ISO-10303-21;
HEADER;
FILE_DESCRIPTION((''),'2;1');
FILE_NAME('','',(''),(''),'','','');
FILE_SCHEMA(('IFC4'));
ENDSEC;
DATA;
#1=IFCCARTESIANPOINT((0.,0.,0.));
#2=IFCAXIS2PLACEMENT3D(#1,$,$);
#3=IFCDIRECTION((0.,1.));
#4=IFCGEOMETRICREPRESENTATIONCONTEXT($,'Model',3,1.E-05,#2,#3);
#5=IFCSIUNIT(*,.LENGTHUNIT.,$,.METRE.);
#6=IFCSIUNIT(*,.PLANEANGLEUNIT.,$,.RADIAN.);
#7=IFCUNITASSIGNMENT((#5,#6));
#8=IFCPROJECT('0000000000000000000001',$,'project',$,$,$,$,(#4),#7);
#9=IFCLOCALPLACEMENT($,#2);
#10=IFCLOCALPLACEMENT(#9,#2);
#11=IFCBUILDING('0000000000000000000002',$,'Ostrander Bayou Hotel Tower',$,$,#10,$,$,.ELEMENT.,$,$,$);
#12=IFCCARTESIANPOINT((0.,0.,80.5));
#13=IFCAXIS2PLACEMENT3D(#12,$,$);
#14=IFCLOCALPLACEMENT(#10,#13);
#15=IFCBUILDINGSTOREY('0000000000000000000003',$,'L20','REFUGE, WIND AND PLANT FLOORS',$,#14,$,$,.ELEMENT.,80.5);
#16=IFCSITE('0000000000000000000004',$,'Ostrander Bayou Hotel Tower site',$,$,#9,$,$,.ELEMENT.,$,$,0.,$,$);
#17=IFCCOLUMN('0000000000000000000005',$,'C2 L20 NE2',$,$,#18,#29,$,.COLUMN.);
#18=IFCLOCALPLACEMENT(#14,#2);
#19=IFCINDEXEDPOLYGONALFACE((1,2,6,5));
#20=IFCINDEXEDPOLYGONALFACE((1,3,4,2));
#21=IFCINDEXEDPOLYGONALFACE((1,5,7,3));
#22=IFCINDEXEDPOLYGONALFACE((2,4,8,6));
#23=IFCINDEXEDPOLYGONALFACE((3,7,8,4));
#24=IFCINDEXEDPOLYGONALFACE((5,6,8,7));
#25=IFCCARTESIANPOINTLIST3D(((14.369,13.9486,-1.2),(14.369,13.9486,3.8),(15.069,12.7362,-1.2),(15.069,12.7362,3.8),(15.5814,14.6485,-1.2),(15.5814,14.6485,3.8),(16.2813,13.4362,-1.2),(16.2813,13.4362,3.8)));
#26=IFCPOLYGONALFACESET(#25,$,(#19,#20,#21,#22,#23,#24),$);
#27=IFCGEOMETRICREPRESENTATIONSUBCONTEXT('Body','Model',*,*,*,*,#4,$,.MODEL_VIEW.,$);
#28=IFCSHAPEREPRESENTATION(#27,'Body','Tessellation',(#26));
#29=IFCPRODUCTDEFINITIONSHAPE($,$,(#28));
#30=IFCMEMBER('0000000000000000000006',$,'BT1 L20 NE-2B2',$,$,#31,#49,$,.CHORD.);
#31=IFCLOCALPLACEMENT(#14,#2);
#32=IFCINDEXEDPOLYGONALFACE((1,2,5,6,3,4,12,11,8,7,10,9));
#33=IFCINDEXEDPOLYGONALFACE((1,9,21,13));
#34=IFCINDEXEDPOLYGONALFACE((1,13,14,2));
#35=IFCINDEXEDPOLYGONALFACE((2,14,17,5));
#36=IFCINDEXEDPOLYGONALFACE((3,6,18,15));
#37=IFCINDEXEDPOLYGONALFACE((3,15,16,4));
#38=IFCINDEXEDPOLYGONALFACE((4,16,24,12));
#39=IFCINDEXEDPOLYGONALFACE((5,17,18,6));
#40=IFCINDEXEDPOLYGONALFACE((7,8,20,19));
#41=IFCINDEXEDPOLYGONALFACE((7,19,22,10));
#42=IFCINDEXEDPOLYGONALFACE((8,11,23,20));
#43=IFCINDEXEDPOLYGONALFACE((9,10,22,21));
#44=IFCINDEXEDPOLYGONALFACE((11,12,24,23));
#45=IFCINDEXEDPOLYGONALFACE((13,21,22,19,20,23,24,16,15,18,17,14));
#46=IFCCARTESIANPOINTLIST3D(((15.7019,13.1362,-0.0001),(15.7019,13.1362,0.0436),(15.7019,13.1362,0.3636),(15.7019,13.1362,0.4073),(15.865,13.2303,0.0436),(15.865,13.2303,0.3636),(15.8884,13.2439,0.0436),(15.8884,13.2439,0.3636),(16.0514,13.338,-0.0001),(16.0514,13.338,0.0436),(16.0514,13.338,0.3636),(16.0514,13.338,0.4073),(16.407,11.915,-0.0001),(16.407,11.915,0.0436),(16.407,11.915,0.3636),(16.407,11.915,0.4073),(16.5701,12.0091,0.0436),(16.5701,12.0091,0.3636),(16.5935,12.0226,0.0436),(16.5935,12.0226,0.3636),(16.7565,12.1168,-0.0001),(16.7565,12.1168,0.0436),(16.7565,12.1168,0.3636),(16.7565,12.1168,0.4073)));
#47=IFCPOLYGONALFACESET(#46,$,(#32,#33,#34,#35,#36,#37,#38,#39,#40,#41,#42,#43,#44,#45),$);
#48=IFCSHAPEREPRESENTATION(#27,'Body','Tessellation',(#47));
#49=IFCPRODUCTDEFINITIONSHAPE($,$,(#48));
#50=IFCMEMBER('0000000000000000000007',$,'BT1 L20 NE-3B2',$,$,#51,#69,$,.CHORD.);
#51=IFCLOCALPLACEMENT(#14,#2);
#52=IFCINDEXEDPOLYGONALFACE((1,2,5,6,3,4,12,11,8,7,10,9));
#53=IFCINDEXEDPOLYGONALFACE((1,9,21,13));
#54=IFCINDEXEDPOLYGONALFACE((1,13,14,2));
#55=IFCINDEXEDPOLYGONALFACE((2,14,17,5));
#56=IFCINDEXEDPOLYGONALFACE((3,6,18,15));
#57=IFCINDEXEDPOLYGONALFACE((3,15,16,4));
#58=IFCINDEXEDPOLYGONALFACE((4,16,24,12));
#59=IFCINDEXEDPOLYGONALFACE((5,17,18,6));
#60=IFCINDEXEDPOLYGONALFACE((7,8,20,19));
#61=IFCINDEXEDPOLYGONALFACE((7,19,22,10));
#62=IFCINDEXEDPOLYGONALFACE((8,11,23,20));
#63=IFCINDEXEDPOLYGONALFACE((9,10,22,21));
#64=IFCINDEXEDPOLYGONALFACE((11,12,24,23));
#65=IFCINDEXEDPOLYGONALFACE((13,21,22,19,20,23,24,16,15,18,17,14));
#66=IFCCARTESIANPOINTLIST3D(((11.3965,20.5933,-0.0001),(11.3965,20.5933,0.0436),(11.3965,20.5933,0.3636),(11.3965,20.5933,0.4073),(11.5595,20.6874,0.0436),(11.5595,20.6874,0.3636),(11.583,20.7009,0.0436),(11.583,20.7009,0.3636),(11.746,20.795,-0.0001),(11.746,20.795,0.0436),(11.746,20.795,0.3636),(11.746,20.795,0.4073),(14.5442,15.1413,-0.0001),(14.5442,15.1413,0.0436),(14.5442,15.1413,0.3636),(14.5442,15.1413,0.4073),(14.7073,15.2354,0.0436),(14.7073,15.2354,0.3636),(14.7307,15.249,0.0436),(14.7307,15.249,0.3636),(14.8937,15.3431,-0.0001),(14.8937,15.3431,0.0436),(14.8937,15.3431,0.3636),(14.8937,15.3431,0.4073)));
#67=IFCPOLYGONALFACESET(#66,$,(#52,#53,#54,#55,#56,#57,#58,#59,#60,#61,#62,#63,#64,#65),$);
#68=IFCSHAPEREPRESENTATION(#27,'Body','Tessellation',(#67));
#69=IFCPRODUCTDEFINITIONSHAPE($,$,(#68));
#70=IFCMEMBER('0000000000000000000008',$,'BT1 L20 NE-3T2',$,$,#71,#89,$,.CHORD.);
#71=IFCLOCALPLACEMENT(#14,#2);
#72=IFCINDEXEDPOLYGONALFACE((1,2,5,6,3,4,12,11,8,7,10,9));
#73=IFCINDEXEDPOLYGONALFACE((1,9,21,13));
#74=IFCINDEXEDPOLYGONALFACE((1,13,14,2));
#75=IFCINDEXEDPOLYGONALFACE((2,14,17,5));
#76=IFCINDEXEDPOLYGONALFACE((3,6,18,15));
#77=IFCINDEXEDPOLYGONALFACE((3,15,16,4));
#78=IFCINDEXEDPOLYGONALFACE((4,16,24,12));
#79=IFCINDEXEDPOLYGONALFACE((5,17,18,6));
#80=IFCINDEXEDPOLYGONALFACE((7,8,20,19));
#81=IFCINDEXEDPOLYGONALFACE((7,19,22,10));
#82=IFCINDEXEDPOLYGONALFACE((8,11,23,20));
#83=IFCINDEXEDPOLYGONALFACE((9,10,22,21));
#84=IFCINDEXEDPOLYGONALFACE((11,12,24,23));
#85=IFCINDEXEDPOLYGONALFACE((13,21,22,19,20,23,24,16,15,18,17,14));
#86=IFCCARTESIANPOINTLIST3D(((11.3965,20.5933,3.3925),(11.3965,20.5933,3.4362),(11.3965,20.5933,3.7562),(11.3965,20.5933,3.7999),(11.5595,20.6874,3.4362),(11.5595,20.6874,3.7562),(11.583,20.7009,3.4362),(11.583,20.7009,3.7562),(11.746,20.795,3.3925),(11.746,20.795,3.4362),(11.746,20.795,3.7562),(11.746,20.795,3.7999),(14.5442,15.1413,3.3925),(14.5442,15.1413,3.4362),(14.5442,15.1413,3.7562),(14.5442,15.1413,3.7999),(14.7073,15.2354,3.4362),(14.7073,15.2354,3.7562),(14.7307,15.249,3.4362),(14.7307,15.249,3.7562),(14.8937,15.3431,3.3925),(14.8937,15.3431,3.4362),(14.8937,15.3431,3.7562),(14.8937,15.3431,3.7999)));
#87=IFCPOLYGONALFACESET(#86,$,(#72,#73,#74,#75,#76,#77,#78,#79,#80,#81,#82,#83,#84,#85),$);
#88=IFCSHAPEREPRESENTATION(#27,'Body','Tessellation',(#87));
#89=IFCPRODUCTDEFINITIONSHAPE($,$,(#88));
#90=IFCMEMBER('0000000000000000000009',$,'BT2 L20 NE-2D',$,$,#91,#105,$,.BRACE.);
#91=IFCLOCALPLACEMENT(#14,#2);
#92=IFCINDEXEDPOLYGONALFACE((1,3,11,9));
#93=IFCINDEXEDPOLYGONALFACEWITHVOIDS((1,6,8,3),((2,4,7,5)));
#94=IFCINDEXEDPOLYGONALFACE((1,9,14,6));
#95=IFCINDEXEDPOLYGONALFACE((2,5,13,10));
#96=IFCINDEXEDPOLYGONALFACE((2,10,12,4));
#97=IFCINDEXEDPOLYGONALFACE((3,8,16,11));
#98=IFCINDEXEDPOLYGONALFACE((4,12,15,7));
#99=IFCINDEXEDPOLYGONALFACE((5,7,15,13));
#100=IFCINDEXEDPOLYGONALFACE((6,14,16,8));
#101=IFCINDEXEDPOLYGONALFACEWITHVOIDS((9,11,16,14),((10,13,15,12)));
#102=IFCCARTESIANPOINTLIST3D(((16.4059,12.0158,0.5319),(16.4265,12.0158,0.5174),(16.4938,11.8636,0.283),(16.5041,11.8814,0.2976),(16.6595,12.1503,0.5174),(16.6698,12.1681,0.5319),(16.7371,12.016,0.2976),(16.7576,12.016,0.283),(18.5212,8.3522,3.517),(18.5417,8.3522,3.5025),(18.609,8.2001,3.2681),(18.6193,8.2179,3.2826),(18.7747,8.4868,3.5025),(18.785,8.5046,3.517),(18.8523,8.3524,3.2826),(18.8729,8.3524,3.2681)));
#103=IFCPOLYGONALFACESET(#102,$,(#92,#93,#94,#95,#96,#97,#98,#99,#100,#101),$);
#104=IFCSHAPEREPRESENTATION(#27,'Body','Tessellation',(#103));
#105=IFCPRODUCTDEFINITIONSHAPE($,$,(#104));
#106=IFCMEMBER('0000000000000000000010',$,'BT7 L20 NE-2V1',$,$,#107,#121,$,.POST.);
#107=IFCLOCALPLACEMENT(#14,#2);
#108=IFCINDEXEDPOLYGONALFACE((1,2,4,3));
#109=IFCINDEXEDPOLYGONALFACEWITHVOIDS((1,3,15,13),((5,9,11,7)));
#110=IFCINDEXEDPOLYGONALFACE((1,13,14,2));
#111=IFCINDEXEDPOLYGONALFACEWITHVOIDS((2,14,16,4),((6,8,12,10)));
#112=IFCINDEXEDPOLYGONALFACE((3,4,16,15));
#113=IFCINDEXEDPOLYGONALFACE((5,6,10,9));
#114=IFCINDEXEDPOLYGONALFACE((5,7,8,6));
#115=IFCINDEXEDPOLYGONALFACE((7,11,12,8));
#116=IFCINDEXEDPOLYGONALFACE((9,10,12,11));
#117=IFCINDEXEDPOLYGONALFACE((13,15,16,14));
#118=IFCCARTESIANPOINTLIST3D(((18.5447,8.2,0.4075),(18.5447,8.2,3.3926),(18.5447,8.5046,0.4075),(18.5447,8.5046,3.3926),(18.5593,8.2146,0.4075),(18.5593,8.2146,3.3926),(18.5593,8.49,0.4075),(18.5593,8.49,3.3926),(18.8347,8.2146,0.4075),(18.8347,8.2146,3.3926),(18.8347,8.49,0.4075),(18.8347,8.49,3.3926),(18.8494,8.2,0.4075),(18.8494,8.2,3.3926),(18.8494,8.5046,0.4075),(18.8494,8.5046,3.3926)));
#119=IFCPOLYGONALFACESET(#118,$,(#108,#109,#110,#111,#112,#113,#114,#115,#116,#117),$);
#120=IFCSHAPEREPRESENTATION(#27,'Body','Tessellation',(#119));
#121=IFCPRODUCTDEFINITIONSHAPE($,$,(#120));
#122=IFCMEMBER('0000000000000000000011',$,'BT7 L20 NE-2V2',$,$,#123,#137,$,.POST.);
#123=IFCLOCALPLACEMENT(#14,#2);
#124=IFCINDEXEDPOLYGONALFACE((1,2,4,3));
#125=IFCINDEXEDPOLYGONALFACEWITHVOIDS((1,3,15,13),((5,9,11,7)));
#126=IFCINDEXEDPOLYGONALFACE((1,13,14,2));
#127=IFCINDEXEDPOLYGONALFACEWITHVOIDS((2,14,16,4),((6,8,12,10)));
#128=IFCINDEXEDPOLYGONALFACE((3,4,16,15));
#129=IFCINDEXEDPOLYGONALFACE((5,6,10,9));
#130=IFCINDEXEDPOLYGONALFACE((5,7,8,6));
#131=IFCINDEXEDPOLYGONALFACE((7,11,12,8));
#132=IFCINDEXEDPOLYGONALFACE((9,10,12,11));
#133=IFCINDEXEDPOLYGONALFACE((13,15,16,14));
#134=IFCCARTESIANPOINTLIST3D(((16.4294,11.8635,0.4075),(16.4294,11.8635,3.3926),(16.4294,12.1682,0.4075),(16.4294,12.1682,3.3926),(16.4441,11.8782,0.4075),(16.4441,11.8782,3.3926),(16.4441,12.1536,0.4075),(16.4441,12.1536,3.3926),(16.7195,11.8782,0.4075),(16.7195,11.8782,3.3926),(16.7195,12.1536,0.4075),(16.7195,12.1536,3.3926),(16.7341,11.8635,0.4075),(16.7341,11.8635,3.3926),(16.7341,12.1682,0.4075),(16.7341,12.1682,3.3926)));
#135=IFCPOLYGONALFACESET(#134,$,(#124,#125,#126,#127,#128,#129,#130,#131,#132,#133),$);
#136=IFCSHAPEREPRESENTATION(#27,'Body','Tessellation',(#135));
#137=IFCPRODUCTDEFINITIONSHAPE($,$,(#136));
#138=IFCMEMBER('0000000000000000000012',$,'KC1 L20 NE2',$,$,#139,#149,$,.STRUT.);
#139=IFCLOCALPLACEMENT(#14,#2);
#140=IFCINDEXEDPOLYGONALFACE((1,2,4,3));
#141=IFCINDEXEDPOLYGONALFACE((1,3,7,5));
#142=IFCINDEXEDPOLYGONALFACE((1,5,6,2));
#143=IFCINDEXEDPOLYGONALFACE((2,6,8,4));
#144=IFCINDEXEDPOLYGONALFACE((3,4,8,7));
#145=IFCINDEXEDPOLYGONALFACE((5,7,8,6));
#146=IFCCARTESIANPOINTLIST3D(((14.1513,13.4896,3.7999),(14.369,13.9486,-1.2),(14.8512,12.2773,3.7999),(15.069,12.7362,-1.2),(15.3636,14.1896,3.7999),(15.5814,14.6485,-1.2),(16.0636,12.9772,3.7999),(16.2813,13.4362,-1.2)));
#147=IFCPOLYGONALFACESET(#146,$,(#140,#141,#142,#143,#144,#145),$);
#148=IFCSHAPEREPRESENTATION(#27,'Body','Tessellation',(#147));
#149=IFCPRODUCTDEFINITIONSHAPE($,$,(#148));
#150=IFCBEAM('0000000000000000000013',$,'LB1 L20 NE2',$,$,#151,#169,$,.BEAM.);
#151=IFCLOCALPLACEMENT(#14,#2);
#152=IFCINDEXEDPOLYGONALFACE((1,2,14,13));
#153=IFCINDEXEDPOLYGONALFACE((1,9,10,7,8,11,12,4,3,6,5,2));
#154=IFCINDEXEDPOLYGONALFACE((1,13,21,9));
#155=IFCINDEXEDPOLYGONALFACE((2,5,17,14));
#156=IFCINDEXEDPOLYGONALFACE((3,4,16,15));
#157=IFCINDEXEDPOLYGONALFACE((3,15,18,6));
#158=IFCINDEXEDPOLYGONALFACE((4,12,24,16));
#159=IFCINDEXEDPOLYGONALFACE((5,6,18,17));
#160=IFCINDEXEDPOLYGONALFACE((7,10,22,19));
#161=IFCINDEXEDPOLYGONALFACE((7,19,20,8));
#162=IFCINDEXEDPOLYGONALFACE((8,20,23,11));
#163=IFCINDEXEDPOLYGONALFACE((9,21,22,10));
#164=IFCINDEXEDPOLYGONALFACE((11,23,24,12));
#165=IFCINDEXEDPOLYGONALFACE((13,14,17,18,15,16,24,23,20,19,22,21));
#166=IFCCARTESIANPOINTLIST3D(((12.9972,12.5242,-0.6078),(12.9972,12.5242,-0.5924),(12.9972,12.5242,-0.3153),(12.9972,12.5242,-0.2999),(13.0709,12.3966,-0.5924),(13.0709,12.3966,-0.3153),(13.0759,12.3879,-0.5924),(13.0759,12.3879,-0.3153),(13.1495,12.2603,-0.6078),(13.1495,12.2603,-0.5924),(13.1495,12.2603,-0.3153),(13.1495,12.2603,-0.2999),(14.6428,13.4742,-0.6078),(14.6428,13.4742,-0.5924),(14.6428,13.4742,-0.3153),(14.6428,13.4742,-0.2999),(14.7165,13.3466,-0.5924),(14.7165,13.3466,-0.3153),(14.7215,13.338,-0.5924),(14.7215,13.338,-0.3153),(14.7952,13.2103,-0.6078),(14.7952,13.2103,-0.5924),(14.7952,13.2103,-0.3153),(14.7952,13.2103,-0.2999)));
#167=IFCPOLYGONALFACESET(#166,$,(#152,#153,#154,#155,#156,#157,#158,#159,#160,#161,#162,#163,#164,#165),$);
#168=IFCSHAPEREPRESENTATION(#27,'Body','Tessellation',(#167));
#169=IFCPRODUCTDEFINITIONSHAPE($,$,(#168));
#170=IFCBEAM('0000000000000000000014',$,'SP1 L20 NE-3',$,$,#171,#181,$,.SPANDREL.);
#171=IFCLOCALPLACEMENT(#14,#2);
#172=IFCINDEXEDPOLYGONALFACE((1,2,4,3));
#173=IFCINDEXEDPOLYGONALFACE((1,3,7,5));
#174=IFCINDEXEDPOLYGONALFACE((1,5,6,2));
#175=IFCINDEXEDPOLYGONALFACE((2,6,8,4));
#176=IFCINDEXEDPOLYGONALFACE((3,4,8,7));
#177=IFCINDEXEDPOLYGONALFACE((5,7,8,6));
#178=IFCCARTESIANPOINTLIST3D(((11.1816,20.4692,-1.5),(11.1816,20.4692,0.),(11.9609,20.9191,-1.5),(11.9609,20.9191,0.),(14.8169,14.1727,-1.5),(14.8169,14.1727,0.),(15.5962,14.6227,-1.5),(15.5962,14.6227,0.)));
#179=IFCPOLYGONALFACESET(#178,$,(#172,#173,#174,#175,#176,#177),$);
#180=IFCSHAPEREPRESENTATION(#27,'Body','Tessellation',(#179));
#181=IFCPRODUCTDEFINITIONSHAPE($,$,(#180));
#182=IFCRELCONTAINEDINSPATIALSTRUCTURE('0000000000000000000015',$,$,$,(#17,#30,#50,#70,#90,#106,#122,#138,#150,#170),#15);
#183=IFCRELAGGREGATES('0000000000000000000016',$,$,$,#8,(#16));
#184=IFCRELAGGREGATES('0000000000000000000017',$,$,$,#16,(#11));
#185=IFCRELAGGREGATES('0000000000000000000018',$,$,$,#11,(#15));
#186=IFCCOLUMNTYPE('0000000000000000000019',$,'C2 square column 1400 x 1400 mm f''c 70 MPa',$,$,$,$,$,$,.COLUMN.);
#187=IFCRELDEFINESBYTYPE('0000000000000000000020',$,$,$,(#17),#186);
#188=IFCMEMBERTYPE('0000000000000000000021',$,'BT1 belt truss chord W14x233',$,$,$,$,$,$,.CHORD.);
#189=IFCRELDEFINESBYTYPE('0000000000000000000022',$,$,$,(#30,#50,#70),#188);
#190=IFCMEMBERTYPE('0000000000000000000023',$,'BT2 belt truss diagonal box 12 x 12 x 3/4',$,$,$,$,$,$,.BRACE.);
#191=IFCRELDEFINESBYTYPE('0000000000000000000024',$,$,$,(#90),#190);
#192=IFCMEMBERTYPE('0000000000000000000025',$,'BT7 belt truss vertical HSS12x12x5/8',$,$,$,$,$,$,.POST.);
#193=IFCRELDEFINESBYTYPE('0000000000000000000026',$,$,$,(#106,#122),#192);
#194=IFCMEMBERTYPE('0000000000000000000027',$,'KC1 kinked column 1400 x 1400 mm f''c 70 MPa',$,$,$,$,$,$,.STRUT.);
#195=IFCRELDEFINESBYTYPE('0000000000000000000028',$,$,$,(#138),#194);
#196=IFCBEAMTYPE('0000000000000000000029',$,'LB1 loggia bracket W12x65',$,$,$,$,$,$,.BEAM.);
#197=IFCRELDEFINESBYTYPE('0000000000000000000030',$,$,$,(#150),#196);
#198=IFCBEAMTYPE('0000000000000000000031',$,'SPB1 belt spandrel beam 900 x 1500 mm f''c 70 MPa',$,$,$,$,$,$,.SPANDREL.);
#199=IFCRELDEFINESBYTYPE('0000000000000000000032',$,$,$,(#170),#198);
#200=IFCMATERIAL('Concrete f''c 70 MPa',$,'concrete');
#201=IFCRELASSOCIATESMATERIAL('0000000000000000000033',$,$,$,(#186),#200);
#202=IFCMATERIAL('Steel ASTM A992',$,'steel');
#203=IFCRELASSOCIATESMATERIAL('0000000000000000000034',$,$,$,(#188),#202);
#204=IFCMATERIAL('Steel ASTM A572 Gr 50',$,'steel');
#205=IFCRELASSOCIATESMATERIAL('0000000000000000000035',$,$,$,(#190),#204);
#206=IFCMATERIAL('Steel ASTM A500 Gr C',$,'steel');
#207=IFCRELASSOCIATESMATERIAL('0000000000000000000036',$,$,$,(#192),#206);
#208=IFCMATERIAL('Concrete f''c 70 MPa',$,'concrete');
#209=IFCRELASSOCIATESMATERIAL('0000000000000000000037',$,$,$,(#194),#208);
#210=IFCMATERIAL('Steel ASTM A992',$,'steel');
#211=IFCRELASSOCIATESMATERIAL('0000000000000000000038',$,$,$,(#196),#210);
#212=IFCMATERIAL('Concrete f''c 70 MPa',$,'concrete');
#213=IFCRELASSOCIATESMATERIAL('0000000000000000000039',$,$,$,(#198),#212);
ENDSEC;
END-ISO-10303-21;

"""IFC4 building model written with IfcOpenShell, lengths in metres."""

from ifc_helpers import new_model, si_unit, direction, frame, origin, origin_2d, place, context, subcontext, project, spatial, rectangle, hollow_rectangle, i_section, extrude, material, material_profile, profile_set, type_object, element, save


model = new_model("IFC4")

# Units and contexts
model_context = context("Model", 3, precision=1e-05, world=origin(), true_north=direction((0.0, 1.0)))
body_context = subcontext(model_context, "Body", "Model", "MODEL_VIEW")
ifc_project = project(units=[si_unit("LENGTHUNIT", "METRE"), si_unit("PLANEANGLEUNIT", "RADIAN")], contexts=[model_context])

# Site, building, storey
site_placement = place(None, origin())
site = spatial("IfcSite", under=ifc_project, at=site_placement, Name="Ostrander Bayou Hotel Tower site", CompositionType="ELEMENT", RefElevation=0.0)
building_placement = place(site_placement, origin())
building = spatial("IfcBuilding", under=site, at=building_placement, Name="Ostrander Bayou Hotel Tower", CompositionType="ELEMENT")
storey_placement = place(building_placement, frame((0.0, 0.0, 80.5)))
storey = spatial("IfcBuildingStorey", under=building, at=storey_placement, Name="L20", Description="REFUGE, WIND AND PLANT FLOORS", CompositionType="ELEMENT", Elevation=80.5)

# Column
ifc_material_1 = material(Name="Concrete f'c 70 MPa", Category="concrete")
ifc_material_profile_1 = material_profile(ifc_material_1, rectangle(XDim=1.3999, YDim=1.3999, at=origin_2d()))
ifc_profile_set_1 = profile_set([ifc_material_profile_1], Name="Concrete f'c 70 MPa")
column_type = type_object("IfcColumnType", Name="C2 square column 1400 x 1400 mm f'c 70 MPa", PredefinedType="COLUMN", material=ifc_profile_set_1)
column_placement = place(storey_placement, frame((15.3252, 13.6924, -1.2), z_axis=(0.0, 0.0, 1.0), x_axis=(0.5, -0.866025, 0.0)))
element("IfcColumn", 1, at=column_placement, inside=storey, type_object=column_type, Name="C2 L20 NE2", PredefinedType="COLUMN", context=body_context, shape_type="SweptSolid", body=[
    extrude(rectangle(XDim=1.3999, YDim=1.3999, at=origin_2d()), origin(), (0.0, 0.0, 1.0), 5.0),
])

# Members
ifc_material_2 = material(Name="Steel ASTM A992", Category="steel")
ifc_material_profile_2 = material_profile(ifc_material_2, i_section(OverallWidth=0.4036, OverallDepth=0.4075, WebThickness=0.0271, FlangeThickness=0.0437, at=origin_2d()))
ifc_profile_set_2 = profile_set([ifc_material_profile_2], Name="Steel ASTM A992")
member_type_1 = type_object("IfcMemberType", Name="BT1 belt truss chord W14x233", PredefinedType="CHORD", material=ifc_profile_set_2)
member_1_placement = place(storey_placement, frame((16.5818, 12.0159, 0.2036), z_axis=(-0.500012, 0.866018, 0.0), x_axis=(-0.866018, -0.500012, 0.0)))
element("IfcMember", 2, at=member_1_placement, inside=storey, type_object=member_type_1, Name="BT1 L20 NE-2B2", PredefinedType="CHORD", context=body_context, shape_type="SweptSolid", body=[
    extrude(i_section(OverallWidth=0.4036, OverallDepth=0.4075, WebThickness=0.0271, FlangeThickness=0.0437, at=origin_2d()), origin(), (0.0, 0.0, 1.0), 1.4102),
])
for number, where, z_axis, x_axis, name in (
    (3, (14.719, 15.2422, 0.2036), (-0.500006, 0.866022, 0.0), (-0.866022, -0.500006, 0.0), "BT1 L20 NE-3B2"),
    (4, (14.719, 15.2422, 3.5962), (-0.500006, 0.866022, 0.0), (-0.866022, -0.500006, 0.0), "BT1 L20 NE-3T2"),
):
    element("IfcMember", number, at=place(storey_placement, frame(where, z_axis=z_axis, x_axis=x_axis)), inside=storey, type_object=member_type_1, Name=name, PredefinedType="CHORD", context=body_context, shape_type="SweptSolid", body=[
        extrude(i_section(OverallWidth=0.4036, OverallDepth=0.4075, WebThickness=0.0271, FlangeThickness=0.0437, at=origin_2d()), origin(), (0.0, 0.0, 1.0), 6.2954),
    ])
ifc_material_3 = material(Name="Steel ASTM A572 Gr 50", Category="steel")
ifc_material_profile_3 = material_profile(ifc_material_3, hollow_rectangle(XDim=0.3047, YDim=0.3047, WallThickness=0.0178, at=origin_2d()))
ifc_profile_set_3 = profile_set([ifc_material_profile_3], Name="Steel ASTM A572 Gr 50")
member_type_2 = type_object("IfcMemberType", Name="BT2 belt truss diagonal box 12 x 12 x 3/4", PredefinedType="BRACE", material=ifc_profile_set_3)
member_2_placement = place(storey_placement, frame((16.5818, 12.0159, 0.4075), z_axis=(0.408541, -0.707591, 0.57655), x_axis=(0.866018, 0.500012, 0.0)))
element("IfcMember", 5, at=member_2_placement, inside=storey, type_object=member_type_2, Name="BT2 L20 NE-2D", PredefinedType="BRACE", context=body_context, shape_type="SweptSolid", body=[
    extrude(hollow_rectangle(XDim=0.3047, YDim=0.3047, WallThickness=0.0178, at=origin_2d()), origin(), (0.0, 0.0, 1.0), 5.1775),
])
ifc_material_4 = material(Name="Steel ASTM A500 Gr C", Category="steel")
ifc_material_profile_4 = material_profile(ifc_material_4, hollow_rectangle(XDim=0.3047, YDim=0.3047, WallThickness=0.0146, at=origin_2d()))
ifc_profile_set_4 = profile_set([ifc_material_profile_4], Name="Steel ASTM A500 Gr C")
member_type_3 = type_object("IfcMemberType", Name="BT7 belt truss vertical HSS12x12x5/8", PredefinedType="POST", material=ifc_profile_set_4)
for number, where, z_axis, x_axis, name in (
    (6, (18.697, 8.3523, 0.4075), (0.0, 0.0, 1.0), (1.0, 0.0, 0.0), "BT7 L20 NE-2V1"),
    (7, (16.5818, 12.0159, 0.4075), (0.0, 0.0, 1.0), (1.0, 0.0, 0.0), "BT7 L20 NE-2V2"),
):
    element("IfcMember", number, at=place(storey_placement, frame(where, z_axis=z_axis, x_axis=x_axis)), inside=storey, type_object=member_type_3, Name=name, PredefinedType="POST", context=body_context, shape_type="SweptSolid", body=[
        extrude(hollow_rectangle(XDim=0.3047, YDim=0.3047, WallThickness=0.0146, at=origin_2d()), origin(), (0.0, 0.0, 1.0), 2.9851),
    ])
ifc_material_5 = material(Name="Concrete f'c 70 MPa", Category="concrete")
ifc_material_profile_5 = material_profile(ifc_material_5, rectangle(XDim=1.3999, YDim=1.3999, at=origin_2d()))
ifc_profile_set_5 = profile_set([ifc_material_profile_5], Name="Concrete f'c 70 MPa")
member_type_4 = type_object("IfcMemberType", Name="KC1 kinked column 1400 x 1400 mm f'c 70 MPa", PredefinedType="STRUT", material=ifc_profile_set_5)
member_3_placement = place(storey_placement, frame((15.3252, 13.6924, -1.2), z_axis=(0.0, 0.0, 1.0), x_axis=(0.5, -0.866025, 0.0)))
element("IfcMember", 8, at=member_3_placement, inside=storey, type_object=member_type_4, Name="KC1 L20 NE2", PredefinedType="STRUT", context=body_context, shape_type="SweptSolid", body=[
    extrude(rectangle(XDim=1.3999, YDim=1.3999, at=origin_2d()), origin(), (0.057425, -0.08319, 0.994878), 5.0256),
])

# Beams
ifc_material_6 = material(Name="Steel ASTM A992", Category="steel")
ifc_material_profile_6 = material_profile(ifc_material_6, i_section(OverallWidth=0.3047, OverallDepth=0.3079, WebThickness=0.01, FlangeThickness=0.0154, at=origin_2d()))
ifc_profile_set_6 = profile_set([ifc_material_profile_6], Name="Steel ASTM A992")
beam_type_1 = type_object("IfcBeamType", Name="LB1 loggia bracket W12x65", PredefinedType="BEAM", material=ifc_profile_set_6)
beam_1_placement = place(storey_placement, frame((14.719, 13.3423, -0.4539), z_axis=(-0.866044, -0.499967, 0.0), x_axis=(0.499967, -0.866044, 0.0)))
element("IfcBeam", 9, at=beam_1_placement, inside=storey, type_object=beam_type_1, Name="LB1 L20 NE2", PredefinedType="BEAM", context=body_context, shape_type="SweptSolid", body=[
    extrude(i_section(OverallWidth=0.3047, OverallDepth=0.3079, WebThickness=0.01, FlangeThickness=0.0154, at=origin_2d()), origin(), (0.0, 0.0, 1.0), 1.9001),
])
ifc_material_7 = material(Name="Concrete f'c 70 MPa", Category="concrete")
ifc_material_profile_7 = material_profile(ifc_material_7, rectangle(XDim=0.8999, YDim=1.5, at=origin_2d()))
ifc_profile_set_7 = profile_set([ifc_material_profile_7], Name="Concrete f'c 70 MPa")
beam_type_2 = type_object("IfcBeamType", Name="SPB1 belt spandrel beam 900 x 1500 mm f'c 70 MPa", PredefinedType="SPANDREL", material=ifc_profile_set_7)
beam_2_placement = place(storey_placement, frame((15.2065, 14.3977, -0.75), z_axis=(-0.500003, 0.866023, 0.0), x_axis=(-0.866023, -0.500003, 0.0)))
element("IfcBeam", 10, at=beam_2_placement, inside=storey, type_object=beam_type_2, Name="SP1 L20 NE-3", PredefinedType="SPANDREL", context=body_context, shape_type="SweptSolid", body=[
    extrude(rectangle(XDim=0.8999, YDim=1.5, at=origin_2d()), origin(), (0.0, 0.0, 1.0), 7.2705),
])

save(model, "model.ifc")
